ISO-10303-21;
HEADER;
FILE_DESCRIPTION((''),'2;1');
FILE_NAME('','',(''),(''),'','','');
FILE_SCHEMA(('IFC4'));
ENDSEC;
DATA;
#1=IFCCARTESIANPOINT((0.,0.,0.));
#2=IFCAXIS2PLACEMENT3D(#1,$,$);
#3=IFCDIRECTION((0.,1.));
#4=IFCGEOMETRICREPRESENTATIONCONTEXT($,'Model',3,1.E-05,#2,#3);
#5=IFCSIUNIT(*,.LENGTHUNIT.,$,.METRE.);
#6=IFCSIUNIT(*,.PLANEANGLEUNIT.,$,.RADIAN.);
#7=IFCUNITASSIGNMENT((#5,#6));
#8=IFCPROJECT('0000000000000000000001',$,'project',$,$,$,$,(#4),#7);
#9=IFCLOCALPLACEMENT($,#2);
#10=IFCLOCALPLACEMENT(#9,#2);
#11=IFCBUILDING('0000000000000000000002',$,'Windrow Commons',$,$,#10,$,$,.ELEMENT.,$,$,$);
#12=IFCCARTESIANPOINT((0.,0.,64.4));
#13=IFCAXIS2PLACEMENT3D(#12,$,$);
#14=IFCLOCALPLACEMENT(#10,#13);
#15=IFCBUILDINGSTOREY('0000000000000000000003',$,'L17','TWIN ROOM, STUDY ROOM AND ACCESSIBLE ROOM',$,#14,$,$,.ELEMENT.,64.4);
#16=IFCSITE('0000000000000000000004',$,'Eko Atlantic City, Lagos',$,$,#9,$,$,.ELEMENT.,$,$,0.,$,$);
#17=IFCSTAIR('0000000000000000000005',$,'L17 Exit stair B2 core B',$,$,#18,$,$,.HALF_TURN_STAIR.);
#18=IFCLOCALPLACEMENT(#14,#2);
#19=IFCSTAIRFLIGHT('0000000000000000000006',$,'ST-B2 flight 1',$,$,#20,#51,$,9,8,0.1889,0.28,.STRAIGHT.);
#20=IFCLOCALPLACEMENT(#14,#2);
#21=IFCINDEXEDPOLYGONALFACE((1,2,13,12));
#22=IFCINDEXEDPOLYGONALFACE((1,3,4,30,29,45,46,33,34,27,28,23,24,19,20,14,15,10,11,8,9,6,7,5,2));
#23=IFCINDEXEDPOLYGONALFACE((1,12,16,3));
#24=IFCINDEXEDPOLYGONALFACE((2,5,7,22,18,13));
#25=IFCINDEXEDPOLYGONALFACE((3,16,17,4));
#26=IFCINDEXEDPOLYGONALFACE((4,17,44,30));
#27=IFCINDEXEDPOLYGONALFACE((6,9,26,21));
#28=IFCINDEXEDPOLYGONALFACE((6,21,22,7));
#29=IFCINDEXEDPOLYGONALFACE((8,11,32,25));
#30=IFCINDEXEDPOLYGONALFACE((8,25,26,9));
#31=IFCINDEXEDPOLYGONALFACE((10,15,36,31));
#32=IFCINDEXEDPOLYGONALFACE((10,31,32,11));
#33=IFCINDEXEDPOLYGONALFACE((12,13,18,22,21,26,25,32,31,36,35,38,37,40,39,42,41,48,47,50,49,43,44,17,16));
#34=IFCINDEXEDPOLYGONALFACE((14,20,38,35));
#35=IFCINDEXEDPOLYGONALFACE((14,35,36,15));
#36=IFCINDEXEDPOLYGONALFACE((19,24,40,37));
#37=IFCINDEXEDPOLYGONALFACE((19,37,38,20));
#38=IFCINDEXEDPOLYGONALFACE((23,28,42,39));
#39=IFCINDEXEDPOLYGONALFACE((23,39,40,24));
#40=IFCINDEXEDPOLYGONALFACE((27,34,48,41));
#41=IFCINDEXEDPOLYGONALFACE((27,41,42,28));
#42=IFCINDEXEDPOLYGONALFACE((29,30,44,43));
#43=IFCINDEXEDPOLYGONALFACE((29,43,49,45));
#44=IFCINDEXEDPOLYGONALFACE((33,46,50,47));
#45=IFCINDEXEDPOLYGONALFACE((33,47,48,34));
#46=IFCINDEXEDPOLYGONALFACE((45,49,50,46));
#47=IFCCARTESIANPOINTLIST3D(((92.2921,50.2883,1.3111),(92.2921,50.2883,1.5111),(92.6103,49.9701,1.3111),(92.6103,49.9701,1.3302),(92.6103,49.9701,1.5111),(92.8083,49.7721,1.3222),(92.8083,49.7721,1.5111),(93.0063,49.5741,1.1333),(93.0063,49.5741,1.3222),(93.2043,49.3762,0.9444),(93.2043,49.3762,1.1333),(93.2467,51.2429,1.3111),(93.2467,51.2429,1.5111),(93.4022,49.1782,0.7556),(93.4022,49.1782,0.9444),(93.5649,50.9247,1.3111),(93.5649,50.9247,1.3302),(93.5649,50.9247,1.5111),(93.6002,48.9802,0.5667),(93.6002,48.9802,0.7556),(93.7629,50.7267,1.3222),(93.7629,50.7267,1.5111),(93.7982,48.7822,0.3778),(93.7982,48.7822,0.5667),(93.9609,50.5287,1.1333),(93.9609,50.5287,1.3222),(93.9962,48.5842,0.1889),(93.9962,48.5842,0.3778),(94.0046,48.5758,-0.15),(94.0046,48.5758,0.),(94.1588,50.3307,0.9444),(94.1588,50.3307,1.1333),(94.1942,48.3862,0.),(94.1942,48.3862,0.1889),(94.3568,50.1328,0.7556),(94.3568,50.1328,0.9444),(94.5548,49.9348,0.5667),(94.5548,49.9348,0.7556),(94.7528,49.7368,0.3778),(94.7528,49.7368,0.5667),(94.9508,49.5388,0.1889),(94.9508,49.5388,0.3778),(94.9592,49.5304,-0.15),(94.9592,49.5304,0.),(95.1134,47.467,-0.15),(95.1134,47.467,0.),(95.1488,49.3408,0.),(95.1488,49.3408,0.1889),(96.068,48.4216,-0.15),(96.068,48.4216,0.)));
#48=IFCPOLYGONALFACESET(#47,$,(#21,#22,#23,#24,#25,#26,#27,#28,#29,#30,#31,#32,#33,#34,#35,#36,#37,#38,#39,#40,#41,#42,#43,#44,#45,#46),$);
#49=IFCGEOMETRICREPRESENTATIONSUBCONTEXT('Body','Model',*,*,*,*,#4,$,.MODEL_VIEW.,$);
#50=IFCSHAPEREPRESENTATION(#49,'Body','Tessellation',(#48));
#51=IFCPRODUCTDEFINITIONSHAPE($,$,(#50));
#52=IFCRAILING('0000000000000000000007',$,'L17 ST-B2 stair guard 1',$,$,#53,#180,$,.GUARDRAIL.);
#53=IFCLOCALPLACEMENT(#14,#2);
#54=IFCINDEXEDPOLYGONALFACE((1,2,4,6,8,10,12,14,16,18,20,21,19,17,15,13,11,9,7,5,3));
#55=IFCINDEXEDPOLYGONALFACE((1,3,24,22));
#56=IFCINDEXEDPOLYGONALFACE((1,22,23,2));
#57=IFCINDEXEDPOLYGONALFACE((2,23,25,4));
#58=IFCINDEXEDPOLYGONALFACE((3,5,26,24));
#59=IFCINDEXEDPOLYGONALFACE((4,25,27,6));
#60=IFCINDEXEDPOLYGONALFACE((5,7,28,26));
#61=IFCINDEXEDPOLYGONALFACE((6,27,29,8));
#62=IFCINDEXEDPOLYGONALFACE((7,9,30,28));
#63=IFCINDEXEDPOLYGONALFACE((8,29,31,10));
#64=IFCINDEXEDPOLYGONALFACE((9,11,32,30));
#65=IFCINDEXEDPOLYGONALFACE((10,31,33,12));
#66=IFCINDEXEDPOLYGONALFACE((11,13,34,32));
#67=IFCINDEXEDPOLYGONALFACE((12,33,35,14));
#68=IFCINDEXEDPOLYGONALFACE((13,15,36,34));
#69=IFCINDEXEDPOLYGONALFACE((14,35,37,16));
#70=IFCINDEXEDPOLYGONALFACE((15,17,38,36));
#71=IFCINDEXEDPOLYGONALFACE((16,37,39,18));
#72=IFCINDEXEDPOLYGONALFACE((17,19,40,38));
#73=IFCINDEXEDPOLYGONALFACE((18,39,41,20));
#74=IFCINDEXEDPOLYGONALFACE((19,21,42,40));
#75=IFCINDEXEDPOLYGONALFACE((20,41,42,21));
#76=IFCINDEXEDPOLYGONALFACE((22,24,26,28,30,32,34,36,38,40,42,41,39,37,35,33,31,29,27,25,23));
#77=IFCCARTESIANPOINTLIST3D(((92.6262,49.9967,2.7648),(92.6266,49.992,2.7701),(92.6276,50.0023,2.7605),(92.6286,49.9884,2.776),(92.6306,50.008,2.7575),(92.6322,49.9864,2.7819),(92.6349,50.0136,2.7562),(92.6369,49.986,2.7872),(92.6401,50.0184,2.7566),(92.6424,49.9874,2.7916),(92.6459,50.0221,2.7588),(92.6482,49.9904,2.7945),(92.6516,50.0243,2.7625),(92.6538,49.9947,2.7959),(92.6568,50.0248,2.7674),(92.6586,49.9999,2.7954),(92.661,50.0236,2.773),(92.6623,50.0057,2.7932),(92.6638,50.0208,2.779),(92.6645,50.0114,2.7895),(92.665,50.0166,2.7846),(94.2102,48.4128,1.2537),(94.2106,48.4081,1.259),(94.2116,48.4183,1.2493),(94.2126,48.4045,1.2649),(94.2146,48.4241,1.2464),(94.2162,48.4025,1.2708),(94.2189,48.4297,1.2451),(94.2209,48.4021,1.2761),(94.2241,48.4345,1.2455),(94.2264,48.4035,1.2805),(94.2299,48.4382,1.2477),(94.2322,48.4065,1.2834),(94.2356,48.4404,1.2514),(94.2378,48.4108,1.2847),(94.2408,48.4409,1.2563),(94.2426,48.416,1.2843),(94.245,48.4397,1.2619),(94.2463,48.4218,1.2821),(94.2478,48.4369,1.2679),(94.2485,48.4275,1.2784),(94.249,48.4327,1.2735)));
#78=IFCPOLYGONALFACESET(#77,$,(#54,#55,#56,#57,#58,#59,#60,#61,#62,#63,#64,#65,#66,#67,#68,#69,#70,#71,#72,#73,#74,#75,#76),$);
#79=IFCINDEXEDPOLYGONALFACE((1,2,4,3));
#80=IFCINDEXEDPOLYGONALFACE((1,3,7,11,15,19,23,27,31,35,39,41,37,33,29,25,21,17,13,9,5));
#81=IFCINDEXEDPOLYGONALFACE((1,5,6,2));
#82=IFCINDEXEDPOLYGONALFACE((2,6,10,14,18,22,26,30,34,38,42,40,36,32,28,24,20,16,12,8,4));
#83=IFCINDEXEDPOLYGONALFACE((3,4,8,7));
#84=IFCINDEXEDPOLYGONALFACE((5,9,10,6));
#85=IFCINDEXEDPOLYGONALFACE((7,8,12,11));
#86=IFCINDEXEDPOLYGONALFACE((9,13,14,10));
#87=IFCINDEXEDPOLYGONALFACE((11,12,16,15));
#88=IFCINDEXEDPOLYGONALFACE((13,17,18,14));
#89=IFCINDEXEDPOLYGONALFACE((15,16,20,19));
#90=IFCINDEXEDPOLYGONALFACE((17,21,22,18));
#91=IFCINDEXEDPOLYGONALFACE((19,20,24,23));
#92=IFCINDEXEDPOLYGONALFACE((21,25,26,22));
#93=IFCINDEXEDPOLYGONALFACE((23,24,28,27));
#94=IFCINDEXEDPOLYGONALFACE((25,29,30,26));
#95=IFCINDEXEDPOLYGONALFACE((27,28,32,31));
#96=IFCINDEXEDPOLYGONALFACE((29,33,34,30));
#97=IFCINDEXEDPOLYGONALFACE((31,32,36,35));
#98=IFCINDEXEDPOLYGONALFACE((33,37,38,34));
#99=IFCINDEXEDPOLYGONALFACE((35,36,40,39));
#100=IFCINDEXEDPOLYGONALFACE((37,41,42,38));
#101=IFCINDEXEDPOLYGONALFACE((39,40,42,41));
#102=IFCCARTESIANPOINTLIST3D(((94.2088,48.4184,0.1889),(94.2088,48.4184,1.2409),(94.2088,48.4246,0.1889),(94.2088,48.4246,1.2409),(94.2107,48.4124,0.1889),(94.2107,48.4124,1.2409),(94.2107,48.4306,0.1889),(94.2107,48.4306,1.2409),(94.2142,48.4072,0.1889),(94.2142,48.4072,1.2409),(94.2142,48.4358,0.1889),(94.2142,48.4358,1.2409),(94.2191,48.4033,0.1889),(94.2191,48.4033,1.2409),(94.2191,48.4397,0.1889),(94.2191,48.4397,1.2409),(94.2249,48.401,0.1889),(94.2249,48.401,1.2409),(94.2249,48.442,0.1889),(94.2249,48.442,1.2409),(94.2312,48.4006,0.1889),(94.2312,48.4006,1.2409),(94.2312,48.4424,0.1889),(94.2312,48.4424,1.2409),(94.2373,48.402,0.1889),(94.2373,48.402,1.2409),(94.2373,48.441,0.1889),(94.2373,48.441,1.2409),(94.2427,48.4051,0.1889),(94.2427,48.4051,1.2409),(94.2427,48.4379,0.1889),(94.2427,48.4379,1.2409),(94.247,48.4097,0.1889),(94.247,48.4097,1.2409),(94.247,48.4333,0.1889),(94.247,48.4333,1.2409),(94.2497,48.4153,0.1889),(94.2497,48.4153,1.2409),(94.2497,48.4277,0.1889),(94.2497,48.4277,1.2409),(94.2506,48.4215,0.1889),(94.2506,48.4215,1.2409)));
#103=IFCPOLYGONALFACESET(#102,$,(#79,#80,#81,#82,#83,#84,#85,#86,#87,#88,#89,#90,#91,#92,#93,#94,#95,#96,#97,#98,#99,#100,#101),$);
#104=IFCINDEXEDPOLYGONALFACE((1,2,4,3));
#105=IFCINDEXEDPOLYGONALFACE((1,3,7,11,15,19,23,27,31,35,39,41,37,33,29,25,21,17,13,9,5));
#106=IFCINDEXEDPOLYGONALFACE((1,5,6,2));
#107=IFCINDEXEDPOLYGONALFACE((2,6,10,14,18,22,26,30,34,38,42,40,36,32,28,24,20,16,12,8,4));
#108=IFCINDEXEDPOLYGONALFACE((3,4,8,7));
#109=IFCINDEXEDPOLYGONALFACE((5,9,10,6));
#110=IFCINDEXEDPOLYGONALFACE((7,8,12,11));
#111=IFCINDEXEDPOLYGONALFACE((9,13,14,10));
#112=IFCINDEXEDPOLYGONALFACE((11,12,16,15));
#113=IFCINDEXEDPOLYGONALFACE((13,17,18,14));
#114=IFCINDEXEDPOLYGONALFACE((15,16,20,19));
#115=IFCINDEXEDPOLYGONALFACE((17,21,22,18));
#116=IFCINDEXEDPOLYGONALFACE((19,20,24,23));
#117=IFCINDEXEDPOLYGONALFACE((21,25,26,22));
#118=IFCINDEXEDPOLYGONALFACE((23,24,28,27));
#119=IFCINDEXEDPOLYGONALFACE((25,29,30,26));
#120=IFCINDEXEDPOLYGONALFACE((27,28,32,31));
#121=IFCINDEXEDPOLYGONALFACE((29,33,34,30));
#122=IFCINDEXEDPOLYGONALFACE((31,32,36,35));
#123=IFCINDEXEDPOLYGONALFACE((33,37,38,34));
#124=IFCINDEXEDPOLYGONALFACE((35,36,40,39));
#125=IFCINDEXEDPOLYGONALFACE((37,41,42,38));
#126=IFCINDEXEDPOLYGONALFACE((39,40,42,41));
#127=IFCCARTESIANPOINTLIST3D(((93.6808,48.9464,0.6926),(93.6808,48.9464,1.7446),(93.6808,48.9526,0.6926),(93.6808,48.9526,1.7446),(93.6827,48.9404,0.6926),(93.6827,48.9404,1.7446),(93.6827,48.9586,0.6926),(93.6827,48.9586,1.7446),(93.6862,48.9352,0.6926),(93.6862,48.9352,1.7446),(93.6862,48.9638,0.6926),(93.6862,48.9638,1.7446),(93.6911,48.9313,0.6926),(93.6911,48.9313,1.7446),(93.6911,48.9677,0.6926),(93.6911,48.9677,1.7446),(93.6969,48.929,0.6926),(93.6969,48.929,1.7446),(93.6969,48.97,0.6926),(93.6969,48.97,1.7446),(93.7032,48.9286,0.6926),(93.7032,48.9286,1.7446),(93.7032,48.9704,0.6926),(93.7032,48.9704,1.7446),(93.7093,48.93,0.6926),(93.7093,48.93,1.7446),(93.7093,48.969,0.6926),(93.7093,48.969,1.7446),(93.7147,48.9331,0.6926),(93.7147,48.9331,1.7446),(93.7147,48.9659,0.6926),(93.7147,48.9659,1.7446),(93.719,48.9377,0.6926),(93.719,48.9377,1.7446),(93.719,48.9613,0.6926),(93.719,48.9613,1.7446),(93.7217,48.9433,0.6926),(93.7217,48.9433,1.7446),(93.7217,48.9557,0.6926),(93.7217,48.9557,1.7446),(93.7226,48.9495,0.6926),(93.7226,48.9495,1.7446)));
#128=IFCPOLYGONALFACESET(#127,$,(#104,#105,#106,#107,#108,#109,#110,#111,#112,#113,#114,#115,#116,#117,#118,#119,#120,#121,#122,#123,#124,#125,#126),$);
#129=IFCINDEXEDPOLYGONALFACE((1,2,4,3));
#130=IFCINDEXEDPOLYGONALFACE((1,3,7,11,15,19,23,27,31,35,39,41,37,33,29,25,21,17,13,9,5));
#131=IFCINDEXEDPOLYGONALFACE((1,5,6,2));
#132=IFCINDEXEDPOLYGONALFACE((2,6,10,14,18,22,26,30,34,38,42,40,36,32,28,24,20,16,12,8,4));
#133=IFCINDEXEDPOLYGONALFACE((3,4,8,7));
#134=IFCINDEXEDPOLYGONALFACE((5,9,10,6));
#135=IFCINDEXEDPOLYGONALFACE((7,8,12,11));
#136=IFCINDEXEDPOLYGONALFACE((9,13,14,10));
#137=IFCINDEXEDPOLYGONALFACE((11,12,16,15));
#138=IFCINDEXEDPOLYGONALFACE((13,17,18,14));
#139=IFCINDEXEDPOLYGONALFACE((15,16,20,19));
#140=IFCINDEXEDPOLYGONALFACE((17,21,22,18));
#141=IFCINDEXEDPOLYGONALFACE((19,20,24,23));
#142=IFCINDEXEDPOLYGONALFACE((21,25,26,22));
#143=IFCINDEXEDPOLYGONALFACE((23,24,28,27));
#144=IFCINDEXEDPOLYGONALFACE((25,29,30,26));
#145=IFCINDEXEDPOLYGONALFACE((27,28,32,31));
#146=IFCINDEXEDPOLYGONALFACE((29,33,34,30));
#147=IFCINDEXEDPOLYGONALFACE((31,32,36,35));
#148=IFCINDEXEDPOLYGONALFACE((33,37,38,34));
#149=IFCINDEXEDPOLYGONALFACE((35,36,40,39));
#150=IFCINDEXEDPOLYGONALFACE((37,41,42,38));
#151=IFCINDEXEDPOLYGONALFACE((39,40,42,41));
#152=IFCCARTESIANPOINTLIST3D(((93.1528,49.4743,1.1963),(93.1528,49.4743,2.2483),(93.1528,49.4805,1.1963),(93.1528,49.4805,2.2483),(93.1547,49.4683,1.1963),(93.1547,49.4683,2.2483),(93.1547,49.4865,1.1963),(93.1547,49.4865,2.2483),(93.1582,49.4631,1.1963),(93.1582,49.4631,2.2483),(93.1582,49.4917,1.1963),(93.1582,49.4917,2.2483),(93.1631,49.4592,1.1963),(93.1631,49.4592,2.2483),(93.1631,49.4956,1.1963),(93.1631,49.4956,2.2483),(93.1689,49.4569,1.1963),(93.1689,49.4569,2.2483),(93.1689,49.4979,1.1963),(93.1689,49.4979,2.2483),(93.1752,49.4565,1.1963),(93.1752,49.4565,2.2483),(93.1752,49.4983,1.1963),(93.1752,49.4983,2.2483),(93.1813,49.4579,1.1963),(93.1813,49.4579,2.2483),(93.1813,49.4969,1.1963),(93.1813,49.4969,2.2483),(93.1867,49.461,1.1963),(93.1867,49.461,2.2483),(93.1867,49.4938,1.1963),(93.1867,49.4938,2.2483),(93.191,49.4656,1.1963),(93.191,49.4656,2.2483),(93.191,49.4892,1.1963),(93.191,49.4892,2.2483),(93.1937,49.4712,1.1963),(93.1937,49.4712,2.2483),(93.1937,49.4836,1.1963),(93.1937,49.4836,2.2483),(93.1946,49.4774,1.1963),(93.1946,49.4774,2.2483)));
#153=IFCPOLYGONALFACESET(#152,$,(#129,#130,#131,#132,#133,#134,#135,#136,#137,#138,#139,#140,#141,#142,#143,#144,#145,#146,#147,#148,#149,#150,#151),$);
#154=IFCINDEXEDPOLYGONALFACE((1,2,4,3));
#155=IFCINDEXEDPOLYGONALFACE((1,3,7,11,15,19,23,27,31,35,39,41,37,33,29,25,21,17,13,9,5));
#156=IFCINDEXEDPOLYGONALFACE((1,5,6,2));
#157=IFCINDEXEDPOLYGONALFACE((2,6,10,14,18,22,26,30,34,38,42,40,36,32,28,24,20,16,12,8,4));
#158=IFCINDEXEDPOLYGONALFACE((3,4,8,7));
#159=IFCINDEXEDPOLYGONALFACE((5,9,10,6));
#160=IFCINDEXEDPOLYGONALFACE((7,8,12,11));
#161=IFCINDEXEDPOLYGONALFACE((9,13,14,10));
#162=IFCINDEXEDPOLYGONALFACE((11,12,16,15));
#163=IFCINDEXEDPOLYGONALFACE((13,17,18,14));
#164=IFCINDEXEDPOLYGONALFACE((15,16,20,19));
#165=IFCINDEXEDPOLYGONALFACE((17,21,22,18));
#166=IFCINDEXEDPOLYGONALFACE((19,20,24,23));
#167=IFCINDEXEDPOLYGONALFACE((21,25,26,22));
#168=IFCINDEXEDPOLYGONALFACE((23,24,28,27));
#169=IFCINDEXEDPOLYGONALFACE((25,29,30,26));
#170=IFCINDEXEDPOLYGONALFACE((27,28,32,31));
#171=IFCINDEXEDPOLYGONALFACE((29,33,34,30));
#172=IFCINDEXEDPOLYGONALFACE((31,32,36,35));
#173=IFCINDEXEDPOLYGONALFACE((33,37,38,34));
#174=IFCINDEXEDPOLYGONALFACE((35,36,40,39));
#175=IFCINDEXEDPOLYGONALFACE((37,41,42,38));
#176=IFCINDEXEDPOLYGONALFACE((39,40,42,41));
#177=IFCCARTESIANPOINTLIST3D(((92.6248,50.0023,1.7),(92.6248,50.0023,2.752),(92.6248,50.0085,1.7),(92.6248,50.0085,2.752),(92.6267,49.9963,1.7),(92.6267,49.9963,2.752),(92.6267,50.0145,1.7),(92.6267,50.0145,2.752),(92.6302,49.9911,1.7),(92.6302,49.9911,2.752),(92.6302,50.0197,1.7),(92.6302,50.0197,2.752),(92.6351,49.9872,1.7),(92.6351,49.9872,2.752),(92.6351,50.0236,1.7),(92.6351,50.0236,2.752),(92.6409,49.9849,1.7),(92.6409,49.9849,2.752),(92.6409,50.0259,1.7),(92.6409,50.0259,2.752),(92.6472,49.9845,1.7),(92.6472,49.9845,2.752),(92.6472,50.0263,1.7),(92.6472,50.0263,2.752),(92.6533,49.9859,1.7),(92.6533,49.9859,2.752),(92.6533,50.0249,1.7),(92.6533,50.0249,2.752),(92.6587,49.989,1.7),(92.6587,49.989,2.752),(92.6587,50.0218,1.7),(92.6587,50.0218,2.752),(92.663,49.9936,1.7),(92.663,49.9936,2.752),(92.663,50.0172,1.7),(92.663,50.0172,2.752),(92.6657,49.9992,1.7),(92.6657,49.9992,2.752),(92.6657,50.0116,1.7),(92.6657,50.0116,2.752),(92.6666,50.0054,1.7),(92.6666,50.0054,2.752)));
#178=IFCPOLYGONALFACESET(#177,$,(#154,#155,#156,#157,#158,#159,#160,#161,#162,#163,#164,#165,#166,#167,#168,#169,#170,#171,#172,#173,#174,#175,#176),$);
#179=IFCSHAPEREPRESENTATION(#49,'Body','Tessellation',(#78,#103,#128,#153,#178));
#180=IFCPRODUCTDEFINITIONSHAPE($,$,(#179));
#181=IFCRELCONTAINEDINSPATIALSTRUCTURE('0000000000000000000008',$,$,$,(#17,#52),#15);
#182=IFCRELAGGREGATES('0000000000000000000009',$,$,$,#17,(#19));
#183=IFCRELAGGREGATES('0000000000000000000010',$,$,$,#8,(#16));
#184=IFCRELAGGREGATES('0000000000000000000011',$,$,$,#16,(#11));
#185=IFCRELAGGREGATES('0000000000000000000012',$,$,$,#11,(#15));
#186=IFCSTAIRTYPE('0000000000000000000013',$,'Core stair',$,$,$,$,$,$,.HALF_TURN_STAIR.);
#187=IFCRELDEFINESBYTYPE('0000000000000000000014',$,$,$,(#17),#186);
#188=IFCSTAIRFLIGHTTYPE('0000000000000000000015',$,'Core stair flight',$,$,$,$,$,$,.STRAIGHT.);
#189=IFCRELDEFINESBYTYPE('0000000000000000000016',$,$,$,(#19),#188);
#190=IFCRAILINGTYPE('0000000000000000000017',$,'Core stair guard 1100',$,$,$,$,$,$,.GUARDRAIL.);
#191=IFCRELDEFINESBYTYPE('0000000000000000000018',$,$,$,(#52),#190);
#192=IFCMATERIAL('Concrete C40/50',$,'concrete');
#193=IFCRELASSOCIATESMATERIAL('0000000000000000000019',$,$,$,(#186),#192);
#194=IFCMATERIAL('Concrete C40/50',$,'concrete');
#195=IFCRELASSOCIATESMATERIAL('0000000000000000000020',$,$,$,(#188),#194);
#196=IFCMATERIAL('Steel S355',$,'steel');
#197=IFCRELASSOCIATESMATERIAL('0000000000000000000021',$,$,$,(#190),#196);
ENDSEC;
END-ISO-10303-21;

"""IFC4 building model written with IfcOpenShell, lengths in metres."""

from ifc_helpers import new_model, si_unit, direction, frame, origin, origin_2d, place, context, subcontext, project, spatial, polyline, circle, outline, extrude, material, type_object, element, aggregate, save


model = new_model("IFC4")

# Units and contexts
model_context = context("Model", 3, precision=1e-05, world=origin(), true_north=direction((0.0, 1.0)))
body_context = subcontext(model_context, "Body", "Model", "MODEL_VIEW")
ifc_project = project(units=[si_unit("LENGTHUNIT", "METRE"), si_unit("PLANEANGLEUNIT", "RADIAN")], contexts=[model_context])

# Site, building, storey
site_placement = place(None, origin())
site = spatial("IfcSite", under=ifc_project, at=site_placement, Name="Eko Atlantic City, Lagos", CompositionType="ELEMENT", RefElevation=0.0)
building_placement = place(site_placement, origin())
building = spatial("IfcBuilding", under=site, at=building_placement, Name="Windrow Commons", CompositionType="ELEMENT")
storey_placement = place(building_placement, frame((0.0, 0.0, 64.4)))
storey = spatial("IfcBuildingStorey", under=building, at=storey_placement, Name="L17", Description="TWIN ROOM, STUDY ROOM AND ACCESSIBLE ROOM", CompositionType="ELEMENT", Elevation=64.4)

# Stair, stair flight
ifc_material_1 = material(Name="Concrete C40/50", Category="concrete")
stair_type = type_object("IfcStairType", Name="Core stair", PredefinedType="HALF_TURN_STAIR", material=ifc_material_1)
stair_placement = place(storey_placement, origin())
stair = element("IfcStair", 1, at=stair_placement, inside=storey, type_object=stair_type, Name="L17 Exit stair B2 core B", PredefinedType="HALF_TURN_STAIR")
ifc_material_2 = material(Name="Concrete C40/50", Category="concrete")
stair_flight_type = type_object("IfcStairFlightType", Name="Core stair flight", PredefinedType="STRAIGHT", material=ifc_material_2)
stair_flight_placement = place(storey_placement, frame((94.6715, 48.8635, 0.0), z_axis=(0.0, 0.0, 1.0), x_axis=(-0.707107, 0.707107, 0.0)))
stair_flight = element("IfcStairFlight", 2, at=stair_flight_placement, type_object=stair_flight_type, Name="ST-B2 flight 1", NumberOfRisers=9, NumberOfTreads=8, PredefinedType="STRAIGHT", RiserHeight=0.1889, TreadLength=0.28, context=body_context, shape_type="SweptSolid", body=[
    extrude(outline(polyline([(-1.3, -0.15), (-1.3, 0.0), (0.0, 0.0), (0.0, 0.1889), (0.28, 0.1889), (0.28, 0.3778), (0.56, 0.3778), (0.56, 0.5667), (0.84, 0.5667), (0.84, 0.7556), (1.12, 0.7556), (1.12, 0.9444), (1.4, 0.9444), (1.4, 1.1333), (1.68, 1.1333), (1.68, 1.3222), (1.96, 1.3222), (1.96, 1.5111), (2.24, 1.5111), (2.69, 1.5111), (2.69, 1.3111), (2.24, 1.3111), (2.24, 1.3302), (0.2682, 0.0), (0.2682, -0.15), (-1.3, -0.15)])), frame((0.0, 0.675, 0.0), z_axis=(0.0, -1.0, 0.0), x_axis=(1.0, 0.0, 0.0)), (0.0, 0.0, 1.0), 1.35),
])
aggregate(stair, [stair_flight])

# Railing
ifc_material_3 = material(Name="Steel S355", Category="steel")
railing_type_1 = type_object("IfcRailingType", Name="Core stair guard 1100", PredefinedType="GUARDRAIL", material=ifc_material_3)
railing_1_placement = place(storey_placement, frame((94.2296, 48.4215, 0.1889)))
element("IfcRailing", 3, at=railing_1_placement, inside=storey, type_object=railing_type_1, Name="L17 ST-B2 stair guard 1", PredefinedType="GUARDRAIL", context=body_context, shape_type="SweptSolid", body=[
    extrude(circle(Radius=0.024, at=origin_2d()), frame((0.0, 0.0, 1.076), z_axis=(-0.586216, 0.586179, 0.559237), x_axis=(-0.707084, -0.707129, 0.0)), (0.0, 0.0, 1.0), 2.7021),
    extrude(circle(Radius=0.021, at=origin_2d()), origin(), (0.0, 0.0, 1.0), 1.052),
    extrude(circle(Radius=0.021, at=origin_2d()), frame((-0.528, 0.528, 0.5037)), (0.0, 0.0, 1.0), 1.052),
    extrude(circle(Radius=0.021, at=origin_2d()), frame((-1.056, 1.0559, 1.0074)), (0.0, 0.0, 1.0), 1.052),
    extrude(circle(Radius=0.021, at=origin_2d()), frame((-1.584, 1.5839, 1.5111)), (0.0, 0.0, 1.0), 1.052),
])

save(model, "model.ifc")
